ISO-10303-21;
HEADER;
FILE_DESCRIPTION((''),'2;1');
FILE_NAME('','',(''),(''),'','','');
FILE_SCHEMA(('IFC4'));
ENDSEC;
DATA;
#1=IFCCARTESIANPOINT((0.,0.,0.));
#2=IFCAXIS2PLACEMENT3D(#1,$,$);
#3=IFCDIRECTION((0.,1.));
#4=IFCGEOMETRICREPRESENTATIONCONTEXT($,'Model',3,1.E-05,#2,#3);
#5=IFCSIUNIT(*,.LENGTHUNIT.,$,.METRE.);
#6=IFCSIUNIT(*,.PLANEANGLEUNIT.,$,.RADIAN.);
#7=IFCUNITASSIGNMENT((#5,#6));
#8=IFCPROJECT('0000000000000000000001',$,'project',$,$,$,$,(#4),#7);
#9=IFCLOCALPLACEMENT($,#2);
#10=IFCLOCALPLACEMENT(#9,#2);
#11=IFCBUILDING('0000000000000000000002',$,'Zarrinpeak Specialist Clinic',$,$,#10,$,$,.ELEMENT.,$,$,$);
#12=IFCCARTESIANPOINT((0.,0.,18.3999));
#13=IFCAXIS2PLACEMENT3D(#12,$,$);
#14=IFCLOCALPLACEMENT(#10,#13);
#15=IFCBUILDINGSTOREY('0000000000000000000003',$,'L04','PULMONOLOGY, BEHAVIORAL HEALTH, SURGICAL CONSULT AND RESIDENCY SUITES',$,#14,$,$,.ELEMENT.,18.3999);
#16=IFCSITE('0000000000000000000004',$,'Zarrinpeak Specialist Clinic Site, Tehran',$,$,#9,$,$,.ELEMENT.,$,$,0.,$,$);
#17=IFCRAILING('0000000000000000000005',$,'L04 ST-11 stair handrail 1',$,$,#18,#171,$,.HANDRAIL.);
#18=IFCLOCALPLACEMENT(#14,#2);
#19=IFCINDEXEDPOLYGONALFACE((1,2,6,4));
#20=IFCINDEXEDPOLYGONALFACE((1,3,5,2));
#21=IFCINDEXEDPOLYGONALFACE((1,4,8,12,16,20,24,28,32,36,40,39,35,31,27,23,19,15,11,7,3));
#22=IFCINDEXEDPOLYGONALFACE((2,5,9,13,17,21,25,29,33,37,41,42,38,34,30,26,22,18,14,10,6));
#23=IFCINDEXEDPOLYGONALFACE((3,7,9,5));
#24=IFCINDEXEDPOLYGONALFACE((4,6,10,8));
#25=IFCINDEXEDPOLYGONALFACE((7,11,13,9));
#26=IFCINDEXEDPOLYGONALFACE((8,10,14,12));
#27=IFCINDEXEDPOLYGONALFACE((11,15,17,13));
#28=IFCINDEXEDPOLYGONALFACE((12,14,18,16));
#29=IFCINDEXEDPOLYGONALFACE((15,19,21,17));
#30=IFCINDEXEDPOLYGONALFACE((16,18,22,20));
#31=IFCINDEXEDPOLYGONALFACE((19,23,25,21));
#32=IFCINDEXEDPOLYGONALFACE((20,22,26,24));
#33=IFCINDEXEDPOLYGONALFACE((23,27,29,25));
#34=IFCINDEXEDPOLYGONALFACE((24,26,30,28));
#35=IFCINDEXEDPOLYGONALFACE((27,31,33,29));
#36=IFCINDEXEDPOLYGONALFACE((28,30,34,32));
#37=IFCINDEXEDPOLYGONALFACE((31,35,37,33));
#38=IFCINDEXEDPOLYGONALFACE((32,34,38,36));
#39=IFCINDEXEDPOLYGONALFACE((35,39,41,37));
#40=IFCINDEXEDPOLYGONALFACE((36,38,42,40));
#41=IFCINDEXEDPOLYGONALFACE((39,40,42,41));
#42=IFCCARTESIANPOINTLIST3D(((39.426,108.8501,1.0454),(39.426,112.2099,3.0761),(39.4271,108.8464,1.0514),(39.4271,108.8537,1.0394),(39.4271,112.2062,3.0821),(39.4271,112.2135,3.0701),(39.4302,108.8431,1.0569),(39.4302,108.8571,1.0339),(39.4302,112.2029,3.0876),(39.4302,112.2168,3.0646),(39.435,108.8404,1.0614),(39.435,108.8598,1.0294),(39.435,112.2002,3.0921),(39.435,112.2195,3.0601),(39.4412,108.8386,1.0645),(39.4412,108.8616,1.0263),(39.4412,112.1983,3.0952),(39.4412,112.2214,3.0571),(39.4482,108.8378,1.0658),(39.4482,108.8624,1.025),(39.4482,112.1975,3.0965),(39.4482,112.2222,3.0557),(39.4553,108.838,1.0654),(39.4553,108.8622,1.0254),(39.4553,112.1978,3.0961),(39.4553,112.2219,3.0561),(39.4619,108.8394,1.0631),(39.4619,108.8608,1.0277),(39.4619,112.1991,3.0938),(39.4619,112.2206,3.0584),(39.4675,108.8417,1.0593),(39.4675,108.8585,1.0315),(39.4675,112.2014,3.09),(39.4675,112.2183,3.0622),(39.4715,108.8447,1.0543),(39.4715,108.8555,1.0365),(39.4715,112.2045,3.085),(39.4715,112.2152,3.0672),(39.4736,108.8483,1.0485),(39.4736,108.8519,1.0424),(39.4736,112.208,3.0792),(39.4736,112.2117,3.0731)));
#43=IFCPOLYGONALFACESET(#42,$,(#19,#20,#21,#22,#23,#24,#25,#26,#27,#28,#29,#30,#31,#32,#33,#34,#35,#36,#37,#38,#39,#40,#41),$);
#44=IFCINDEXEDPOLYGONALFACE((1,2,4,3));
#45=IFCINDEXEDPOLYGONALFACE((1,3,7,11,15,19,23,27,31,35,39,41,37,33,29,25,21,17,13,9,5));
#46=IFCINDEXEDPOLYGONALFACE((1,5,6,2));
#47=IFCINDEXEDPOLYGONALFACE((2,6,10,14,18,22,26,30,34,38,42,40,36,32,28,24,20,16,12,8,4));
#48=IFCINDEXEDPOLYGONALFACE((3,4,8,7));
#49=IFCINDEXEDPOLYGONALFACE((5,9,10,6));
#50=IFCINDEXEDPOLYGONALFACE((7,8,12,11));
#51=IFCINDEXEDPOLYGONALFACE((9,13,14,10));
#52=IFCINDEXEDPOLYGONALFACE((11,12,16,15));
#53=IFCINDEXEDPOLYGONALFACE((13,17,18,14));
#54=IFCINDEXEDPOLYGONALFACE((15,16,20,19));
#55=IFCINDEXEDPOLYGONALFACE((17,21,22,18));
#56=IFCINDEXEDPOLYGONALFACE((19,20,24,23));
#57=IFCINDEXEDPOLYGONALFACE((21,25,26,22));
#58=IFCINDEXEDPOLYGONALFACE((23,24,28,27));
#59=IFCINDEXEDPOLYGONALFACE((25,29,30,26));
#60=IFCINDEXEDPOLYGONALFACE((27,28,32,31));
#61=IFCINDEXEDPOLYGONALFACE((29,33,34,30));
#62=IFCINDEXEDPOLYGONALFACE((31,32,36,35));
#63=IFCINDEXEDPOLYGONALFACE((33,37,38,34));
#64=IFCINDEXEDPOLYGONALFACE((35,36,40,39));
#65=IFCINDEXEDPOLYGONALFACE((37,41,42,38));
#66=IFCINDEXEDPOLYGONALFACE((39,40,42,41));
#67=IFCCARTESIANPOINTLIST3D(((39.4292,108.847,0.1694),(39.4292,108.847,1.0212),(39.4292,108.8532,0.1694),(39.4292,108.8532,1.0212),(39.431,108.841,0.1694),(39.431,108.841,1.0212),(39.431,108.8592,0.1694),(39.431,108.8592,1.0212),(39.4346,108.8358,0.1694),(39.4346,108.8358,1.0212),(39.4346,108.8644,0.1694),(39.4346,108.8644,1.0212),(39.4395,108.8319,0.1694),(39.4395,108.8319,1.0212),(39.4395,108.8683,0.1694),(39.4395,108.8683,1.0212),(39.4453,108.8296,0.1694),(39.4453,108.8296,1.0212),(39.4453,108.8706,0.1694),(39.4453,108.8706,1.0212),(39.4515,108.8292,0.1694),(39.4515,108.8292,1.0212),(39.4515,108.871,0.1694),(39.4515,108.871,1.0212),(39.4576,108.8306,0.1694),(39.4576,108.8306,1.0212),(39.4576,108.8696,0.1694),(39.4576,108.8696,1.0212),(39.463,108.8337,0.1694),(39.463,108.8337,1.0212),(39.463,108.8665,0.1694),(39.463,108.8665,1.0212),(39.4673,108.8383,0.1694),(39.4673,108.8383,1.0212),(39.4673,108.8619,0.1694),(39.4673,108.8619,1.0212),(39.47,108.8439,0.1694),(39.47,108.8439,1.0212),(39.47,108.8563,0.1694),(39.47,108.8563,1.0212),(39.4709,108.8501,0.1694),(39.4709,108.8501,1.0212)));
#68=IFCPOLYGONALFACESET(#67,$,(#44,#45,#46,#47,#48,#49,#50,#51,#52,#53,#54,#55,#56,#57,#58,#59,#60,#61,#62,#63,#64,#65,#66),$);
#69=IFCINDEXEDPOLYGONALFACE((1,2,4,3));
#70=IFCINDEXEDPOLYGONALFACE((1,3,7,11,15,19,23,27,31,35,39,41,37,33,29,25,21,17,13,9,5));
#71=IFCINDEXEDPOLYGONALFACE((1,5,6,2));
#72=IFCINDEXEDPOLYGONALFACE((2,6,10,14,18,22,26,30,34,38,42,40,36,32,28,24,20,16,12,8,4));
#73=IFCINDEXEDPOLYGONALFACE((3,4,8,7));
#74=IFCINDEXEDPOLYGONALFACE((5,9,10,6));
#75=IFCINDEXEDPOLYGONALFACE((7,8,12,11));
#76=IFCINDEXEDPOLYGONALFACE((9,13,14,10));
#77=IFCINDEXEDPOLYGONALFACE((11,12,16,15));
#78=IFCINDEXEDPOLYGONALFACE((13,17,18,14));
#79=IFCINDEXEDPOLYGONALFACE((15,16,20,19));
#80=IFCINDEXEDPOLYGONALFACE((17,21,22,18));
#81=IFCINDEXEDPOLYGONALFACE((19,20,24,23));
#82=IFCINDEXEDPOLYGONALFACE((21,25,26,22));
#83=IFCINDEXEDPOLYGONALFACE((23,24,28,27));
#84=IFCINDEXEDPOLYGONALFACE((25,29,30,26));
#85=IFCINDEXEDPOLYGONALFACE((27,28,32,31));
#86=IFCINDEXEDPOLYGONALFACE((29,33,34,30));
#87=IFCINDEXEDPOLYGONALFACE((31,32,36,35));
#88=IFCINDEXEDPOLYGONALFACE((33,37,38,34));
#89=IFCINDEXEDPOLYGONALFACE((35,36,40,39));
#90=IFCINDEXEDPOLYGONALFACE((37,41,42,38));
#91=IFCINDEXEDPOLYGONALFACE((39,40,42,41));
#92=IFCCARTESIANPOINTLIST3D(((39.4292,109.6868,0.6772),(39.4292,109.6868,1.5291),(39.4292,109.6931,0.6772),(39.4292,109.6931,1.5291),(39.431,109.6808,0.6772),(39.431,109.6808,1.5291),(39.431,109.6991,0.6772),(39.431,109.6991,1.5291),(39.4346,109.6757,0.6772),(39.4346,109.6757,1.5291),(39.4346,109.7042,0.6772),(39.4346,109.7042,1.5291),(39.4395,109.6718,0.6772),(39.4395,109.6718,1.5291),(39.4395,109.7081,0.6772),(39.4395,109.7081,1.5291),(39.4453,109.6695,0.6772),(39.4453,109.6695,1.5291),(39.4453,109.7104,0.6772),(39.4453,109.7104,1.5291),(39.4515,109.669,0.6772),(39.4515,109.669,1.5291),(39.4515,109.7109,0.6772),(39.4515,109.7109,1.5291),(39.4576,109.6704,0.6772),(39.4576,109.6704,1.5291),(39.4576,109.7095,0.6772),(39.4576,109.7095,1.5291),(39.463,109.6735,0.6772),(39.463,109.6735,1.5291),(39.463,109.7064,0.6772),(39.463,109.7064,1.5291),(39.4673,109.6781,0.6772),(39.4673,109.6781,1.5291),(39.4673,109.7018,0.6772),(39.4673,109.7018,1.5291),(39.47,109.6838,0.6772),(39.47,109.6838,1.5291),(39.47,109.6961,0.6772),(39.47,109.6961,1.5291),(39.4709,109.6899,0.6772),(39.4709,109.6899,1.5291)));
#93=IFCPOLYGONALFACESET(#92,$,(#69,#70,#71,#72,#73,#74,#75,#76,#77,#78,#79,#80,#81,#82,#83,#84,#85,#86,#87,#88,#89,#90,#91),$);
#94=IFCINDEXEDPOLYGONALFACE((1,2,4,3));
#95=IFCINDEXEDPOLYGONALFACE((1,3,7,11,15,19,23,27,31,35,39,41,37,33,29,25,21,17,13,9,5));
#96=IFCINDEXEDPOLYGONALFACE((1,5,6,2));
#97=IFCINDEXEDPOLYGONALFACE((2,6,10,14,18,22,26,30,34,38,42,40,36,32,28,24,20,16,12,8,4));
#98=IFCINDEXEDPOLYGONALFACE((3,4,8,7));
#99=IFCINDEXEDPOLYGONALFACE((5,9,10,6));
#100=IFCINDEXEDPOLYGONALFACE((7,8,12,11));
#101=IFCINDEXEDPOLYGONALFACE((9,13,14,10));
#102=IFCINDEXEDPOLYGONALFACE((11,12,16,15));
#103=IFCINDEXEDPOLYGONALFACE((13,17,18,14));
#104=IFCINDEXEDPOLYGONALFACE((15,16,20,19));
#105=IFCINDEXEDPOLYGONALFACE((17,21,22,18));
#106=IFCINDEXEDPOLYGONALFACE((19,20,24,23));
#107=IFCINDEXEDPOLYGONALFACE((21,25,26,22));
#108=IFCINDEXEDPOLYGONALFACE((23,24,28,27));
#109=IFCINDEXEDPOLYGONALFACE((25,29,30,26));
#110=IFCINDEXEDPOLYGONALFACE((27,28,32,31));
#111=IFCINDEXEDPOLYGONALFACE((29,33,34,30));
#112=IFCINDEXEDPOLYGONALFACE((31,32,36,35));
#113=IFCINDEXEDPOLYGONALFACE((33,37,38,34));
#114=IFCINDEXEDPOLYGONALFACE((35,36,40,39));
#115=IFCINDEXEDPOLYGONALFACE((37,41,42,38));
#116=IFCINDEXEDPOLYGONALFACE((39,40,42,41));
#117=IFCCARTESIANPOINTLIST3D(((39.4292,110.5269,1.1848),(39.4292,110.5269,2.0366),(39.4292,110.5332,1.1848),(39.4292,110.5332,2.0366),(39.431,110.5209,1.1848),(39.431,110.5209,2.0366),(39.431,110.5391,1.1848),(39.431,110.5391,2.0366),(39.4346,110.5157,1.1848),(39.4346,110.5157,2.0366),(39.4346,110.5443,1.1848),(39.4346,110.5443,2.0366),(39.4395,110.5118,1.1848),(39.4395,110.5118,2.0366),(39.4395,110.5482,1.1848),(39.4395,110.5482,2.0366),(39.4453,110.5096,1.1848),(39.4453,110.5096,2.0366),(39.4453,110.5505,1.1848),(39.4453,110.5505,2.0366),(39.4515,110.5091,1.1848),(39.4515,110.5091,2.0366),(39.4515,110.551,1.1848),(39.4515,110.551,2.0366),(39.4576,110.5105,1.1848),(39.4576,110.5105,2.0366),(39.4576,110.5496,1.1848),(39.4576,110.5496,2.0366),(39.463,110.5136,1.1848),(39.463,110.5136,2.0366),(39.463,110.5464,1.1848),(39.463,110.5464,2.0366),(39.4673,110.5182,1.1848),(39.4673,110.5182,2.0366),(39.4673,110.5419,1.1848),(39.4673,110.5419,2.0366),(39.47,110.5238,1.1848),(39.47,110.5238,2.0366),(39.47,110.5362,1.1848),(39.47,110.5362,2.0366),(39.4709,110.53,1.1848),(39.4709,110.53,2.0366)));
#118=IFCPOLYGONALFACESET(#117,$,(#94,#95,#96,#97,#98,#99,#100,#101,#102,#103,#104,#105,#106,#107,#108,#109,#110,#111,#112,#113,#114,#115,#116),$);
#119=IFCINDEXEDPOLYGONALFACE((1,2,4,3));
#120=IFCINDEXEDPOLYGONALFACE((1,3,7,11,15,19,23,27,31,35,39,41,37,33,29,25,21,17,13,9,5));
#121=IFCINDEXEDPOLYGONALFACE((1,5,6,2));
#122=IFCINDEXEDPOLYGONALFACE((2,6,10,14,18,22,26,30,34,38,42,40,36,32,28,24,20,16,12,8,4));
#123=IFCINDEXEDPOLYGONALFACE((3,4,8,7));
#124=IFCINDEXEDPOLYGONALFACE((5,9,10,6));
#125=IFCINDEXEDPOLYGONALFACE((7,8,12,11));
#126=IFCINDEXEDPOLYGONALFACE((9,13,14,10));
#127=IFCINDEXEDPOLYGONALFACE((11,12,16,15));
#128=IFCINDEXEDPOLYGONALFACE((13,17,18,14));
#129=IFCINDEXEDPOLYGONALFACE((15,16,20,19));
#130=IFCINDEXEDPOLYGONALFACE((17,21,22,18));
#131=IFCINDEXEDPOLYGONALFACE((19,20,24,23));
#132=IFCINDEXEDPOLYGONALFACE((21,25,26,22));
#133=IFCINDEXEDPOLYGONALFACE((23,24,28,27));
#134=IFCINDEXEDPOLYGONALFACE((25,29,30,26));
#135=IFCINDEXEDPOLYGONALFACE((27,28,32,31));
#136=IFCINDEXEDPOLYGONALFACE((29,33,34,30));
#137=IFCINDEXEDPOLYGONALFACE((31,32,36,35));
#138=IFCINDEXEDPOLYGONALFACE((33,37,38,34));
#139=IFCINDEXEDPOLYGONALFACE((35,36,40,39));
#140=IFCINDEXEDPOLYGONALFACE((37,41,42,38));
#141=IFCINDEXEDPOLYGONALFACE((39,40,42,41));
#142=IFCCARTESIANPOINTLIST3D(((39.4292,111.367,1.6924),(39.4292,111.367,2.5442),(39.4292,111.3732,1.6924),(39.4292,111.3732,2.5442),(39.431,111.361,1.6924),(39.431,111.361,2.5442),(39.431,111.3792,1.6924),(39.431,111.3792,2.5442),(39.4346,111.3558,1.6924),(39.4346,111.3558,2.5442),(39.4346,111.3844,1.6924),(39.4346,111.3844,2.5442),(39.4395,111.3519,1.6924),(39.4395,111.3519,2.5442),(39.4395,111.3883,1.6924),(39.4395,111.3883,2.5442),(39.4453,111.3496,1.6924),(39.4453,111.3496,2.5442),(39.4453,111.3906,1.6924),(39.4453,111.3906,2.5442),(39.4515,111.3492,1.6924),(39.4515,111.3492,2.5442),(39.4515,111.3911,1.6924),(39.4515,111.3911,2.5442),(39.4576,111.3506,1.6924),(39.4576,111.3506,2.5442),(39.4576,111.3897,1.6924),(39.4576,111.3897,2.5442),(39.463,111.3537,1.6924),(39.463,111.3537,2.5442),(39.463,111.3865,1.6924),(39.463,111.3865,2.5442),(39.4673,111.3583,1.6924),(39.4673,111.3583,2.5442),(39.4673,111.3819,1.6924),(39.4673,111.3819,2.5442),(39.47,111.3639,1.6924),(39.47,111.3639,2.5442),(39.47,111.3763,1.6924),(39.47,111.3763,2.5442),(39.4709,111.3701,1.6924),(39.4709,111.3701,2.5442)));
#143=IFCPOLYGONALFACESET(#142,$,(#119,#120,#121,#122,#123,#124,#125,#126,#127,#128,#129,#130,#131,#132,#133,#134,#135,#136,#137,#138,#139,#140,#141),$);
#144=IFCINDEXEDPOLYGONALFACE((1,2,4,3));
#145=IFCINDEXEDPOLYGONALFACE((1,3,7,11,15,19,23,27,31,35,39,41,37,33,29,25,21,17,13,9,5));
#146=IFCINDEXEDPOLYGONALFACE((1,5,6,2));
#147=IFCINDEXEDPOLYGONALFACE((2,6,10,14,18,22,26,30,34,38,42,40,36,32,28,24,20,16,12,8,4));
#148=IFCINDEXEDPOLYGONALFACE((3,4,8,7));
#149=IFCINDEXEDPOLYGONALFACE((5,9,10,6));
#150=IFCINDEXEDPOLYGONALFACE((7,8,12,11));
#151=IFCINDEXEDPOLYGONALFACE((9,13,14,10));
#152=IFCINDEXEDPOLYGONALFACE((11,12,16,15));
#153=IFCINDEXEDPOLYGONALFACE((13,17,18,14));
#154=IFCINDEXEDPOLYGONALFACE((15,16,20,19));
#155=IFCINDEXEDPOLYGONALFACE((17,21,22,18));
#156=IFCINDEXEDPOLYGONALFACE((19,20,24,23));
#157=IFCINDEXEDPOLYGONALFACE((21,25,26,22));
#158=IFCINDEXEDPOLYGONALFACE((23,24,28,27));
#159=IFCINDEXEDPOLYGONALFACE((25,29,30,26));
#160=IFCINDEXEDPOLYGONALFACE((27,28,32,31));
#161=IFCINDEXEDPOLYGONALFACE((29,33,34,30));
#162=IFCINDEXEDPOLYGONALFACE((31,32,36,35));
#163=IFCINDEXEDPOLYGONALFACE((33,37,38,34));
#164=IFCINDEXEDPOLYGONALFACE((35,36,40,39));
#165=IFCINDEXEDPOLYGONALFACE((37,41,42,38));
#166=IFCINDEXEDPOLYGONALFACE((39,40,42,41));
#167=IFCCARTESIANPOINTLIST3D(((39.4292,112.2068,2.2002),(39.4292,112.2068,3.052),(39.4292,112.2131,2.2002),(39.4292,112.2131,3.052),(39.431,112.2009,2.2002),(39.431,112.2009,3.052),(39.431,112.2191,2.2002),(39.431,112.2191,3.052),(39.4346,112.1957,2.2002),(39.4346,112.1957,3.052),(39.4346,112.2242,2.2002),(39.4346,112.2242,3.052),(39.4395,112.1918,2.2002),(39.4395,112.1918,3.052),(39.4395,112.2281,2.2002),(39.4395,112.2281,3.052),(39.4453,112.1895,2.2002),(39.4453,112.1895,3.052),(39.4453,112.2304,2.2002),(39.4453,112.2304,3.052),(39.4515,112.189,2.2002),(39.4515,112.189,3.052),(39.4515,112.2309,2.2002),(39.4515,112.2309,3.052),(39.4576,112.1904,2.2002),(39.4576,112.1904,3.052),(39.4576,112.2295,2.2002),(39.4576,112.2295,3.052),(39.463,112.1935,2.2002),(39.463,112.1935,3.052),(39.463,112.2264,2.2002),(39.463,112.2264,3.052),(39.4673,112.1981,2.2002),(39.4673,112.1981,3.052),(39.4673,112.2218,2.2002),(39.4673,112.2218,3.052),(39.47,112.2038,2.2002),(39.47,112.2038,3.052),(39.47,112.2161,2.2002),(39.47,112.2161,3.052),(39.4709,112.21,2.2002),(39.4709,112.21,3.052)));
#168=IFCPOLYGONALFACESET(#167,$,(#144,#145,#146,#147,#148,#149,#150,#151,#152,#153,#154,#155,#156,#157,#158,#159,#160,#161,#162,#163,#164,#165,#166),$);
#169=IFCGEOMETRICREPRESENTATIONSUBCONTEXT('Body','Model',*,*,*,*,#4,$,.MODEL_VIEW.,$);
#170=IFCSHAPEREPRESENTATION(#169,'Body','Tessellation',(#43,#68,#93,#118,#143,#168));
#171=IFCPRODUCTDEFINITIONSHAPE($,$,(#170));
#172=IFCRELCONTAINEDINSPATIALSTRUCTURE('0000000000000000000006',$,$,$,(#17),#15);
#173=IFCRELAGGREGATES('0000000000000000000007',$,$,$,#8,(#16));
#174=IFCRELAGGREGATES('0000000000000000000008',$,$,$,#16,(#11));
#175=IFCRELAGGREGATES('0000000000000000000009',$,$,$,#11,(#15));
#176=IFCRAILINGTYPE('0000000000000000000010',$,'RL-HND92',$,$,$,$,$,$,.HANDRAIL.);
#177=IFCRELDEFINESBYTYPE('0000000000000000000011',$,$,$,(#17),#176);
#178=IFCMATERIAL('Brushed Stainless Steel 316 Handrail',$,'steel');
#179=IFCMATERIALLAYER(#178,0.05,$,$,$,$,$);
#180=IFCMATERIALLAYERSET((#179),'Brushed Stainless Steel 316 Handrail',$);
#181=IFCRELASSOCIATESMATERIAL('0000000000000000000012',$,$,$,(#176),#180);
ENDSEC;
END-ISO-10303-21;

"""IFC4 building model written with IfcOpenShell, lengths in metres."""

from ifc_helpers import new_model, si_unit, direction, frame, origin, origin_2d, place, context, subcontext, project, spatial, circle, extrude, material, layer, layer_set, type_object, element, save


model = new_model("IFC4")

# Units and contexts
model_context = context("Model", 3, precision=1e-05, world=origin(), true_north=direction((0.0, 1.0)))
body_context = subcontext(model_context, "Body", "Model", "MODEL_VIEW")
ifc_project = project(units=[si_unit("LENGTHUNIT", "METRE"), si_unit("PLANEANGLEUNIT", "RADIAN")], contexts=[model_context])

# Site, building, storey
site_placement = place(None, origin())
site = spatial("IfcSite", under=ifc_project, at=site_placement, Name="Zarrinpeak Specialist Clinic Site, Tehran", CompositionType="ELEMENT", RefElevation=0.0)
building_placement = place(site_placement, origin())
building = spatial("IfcBuilding", under=site, at=building_placement, Name="Zarrinpeak Specialist Clinic", CompositionType="ELEMENT")
storey_placement = place(building_placement, frame((0.0, 0.0, 18.3999)))
storey = spatial("IfcBuildingStorey", under=building, at=storey_placement, Name="L04", Description="PULMONOLOGY, BEHAVIORAL HEALTH, SURGICAL CONSULT AND RESIDENCY SUITES", CompositionType="ELEMENT", Elevation=18.3999)

# Railing
ifc_material_1 = material(Name="Brushed Stainless Steel 316 Handrail", Category="steel")
ifc_layer_1 = layer(ifc_material_1, 0.05)
ifc_layer_set_1 = layer_set([ifc_layer_1], Name="Brushed Stainless Steel 316 Handrail")
railing_type_1 = type_object("IfcRailingType", Name="RL-HND92", PredefinedType="HANDRAIL", material=ifc_layer_set_1)
railing_1_placement = place(storey_placement, frame((39.45, 108.8501, 0.1694)))
element("IfcRailing", 1, at=railing_1_placement, inside=storey, type_object=railing_type_1, Name="L04 ST-11 stair handrail 1", PredefinedType="HANDRAIL", context=body_context, shape_type="SweptSolid", body=[
    extrude(circle(Radius=0.0239, at=origin_2d()), frame((0.0, 0.0, 0.876), z_axis=(0.0, 0.85582, 0.517273), x_axis=(-1.0, 0.0, 0.0)), (0.0, 0.0, 1.0), 3.9258),
    extrude(circle(Radius=0.021, at=origin_2d()), origin(), (0.0, 0.0, 1.0), 0.8518),
    extrude(circle(Radius=0.021, at=origin_2d()), frame((0.0, 0.8398, 0.5078)), (0.0, 0.0, 1.0), 0.8518),
    extrude(circle(Radius=0.021, at=origin_2d()), frame((0.0, 1.6799, 1.0154)), (0.0, 0.0, 1.0), 0.8518),
    extrude(circle(Radius=0.021, at=origin_2d()), frame((0.0, 2.52, 1.5229)), (0.0, 0.0, 1.0), 0.8518),
    extrude(circle(Radius=0.021, at=origin_2d()), frame((0.0, 3.3599, 2.0308)), (0.0, 0.0, 1.0), 0.8518),
])

save(model, "model.ifc")
